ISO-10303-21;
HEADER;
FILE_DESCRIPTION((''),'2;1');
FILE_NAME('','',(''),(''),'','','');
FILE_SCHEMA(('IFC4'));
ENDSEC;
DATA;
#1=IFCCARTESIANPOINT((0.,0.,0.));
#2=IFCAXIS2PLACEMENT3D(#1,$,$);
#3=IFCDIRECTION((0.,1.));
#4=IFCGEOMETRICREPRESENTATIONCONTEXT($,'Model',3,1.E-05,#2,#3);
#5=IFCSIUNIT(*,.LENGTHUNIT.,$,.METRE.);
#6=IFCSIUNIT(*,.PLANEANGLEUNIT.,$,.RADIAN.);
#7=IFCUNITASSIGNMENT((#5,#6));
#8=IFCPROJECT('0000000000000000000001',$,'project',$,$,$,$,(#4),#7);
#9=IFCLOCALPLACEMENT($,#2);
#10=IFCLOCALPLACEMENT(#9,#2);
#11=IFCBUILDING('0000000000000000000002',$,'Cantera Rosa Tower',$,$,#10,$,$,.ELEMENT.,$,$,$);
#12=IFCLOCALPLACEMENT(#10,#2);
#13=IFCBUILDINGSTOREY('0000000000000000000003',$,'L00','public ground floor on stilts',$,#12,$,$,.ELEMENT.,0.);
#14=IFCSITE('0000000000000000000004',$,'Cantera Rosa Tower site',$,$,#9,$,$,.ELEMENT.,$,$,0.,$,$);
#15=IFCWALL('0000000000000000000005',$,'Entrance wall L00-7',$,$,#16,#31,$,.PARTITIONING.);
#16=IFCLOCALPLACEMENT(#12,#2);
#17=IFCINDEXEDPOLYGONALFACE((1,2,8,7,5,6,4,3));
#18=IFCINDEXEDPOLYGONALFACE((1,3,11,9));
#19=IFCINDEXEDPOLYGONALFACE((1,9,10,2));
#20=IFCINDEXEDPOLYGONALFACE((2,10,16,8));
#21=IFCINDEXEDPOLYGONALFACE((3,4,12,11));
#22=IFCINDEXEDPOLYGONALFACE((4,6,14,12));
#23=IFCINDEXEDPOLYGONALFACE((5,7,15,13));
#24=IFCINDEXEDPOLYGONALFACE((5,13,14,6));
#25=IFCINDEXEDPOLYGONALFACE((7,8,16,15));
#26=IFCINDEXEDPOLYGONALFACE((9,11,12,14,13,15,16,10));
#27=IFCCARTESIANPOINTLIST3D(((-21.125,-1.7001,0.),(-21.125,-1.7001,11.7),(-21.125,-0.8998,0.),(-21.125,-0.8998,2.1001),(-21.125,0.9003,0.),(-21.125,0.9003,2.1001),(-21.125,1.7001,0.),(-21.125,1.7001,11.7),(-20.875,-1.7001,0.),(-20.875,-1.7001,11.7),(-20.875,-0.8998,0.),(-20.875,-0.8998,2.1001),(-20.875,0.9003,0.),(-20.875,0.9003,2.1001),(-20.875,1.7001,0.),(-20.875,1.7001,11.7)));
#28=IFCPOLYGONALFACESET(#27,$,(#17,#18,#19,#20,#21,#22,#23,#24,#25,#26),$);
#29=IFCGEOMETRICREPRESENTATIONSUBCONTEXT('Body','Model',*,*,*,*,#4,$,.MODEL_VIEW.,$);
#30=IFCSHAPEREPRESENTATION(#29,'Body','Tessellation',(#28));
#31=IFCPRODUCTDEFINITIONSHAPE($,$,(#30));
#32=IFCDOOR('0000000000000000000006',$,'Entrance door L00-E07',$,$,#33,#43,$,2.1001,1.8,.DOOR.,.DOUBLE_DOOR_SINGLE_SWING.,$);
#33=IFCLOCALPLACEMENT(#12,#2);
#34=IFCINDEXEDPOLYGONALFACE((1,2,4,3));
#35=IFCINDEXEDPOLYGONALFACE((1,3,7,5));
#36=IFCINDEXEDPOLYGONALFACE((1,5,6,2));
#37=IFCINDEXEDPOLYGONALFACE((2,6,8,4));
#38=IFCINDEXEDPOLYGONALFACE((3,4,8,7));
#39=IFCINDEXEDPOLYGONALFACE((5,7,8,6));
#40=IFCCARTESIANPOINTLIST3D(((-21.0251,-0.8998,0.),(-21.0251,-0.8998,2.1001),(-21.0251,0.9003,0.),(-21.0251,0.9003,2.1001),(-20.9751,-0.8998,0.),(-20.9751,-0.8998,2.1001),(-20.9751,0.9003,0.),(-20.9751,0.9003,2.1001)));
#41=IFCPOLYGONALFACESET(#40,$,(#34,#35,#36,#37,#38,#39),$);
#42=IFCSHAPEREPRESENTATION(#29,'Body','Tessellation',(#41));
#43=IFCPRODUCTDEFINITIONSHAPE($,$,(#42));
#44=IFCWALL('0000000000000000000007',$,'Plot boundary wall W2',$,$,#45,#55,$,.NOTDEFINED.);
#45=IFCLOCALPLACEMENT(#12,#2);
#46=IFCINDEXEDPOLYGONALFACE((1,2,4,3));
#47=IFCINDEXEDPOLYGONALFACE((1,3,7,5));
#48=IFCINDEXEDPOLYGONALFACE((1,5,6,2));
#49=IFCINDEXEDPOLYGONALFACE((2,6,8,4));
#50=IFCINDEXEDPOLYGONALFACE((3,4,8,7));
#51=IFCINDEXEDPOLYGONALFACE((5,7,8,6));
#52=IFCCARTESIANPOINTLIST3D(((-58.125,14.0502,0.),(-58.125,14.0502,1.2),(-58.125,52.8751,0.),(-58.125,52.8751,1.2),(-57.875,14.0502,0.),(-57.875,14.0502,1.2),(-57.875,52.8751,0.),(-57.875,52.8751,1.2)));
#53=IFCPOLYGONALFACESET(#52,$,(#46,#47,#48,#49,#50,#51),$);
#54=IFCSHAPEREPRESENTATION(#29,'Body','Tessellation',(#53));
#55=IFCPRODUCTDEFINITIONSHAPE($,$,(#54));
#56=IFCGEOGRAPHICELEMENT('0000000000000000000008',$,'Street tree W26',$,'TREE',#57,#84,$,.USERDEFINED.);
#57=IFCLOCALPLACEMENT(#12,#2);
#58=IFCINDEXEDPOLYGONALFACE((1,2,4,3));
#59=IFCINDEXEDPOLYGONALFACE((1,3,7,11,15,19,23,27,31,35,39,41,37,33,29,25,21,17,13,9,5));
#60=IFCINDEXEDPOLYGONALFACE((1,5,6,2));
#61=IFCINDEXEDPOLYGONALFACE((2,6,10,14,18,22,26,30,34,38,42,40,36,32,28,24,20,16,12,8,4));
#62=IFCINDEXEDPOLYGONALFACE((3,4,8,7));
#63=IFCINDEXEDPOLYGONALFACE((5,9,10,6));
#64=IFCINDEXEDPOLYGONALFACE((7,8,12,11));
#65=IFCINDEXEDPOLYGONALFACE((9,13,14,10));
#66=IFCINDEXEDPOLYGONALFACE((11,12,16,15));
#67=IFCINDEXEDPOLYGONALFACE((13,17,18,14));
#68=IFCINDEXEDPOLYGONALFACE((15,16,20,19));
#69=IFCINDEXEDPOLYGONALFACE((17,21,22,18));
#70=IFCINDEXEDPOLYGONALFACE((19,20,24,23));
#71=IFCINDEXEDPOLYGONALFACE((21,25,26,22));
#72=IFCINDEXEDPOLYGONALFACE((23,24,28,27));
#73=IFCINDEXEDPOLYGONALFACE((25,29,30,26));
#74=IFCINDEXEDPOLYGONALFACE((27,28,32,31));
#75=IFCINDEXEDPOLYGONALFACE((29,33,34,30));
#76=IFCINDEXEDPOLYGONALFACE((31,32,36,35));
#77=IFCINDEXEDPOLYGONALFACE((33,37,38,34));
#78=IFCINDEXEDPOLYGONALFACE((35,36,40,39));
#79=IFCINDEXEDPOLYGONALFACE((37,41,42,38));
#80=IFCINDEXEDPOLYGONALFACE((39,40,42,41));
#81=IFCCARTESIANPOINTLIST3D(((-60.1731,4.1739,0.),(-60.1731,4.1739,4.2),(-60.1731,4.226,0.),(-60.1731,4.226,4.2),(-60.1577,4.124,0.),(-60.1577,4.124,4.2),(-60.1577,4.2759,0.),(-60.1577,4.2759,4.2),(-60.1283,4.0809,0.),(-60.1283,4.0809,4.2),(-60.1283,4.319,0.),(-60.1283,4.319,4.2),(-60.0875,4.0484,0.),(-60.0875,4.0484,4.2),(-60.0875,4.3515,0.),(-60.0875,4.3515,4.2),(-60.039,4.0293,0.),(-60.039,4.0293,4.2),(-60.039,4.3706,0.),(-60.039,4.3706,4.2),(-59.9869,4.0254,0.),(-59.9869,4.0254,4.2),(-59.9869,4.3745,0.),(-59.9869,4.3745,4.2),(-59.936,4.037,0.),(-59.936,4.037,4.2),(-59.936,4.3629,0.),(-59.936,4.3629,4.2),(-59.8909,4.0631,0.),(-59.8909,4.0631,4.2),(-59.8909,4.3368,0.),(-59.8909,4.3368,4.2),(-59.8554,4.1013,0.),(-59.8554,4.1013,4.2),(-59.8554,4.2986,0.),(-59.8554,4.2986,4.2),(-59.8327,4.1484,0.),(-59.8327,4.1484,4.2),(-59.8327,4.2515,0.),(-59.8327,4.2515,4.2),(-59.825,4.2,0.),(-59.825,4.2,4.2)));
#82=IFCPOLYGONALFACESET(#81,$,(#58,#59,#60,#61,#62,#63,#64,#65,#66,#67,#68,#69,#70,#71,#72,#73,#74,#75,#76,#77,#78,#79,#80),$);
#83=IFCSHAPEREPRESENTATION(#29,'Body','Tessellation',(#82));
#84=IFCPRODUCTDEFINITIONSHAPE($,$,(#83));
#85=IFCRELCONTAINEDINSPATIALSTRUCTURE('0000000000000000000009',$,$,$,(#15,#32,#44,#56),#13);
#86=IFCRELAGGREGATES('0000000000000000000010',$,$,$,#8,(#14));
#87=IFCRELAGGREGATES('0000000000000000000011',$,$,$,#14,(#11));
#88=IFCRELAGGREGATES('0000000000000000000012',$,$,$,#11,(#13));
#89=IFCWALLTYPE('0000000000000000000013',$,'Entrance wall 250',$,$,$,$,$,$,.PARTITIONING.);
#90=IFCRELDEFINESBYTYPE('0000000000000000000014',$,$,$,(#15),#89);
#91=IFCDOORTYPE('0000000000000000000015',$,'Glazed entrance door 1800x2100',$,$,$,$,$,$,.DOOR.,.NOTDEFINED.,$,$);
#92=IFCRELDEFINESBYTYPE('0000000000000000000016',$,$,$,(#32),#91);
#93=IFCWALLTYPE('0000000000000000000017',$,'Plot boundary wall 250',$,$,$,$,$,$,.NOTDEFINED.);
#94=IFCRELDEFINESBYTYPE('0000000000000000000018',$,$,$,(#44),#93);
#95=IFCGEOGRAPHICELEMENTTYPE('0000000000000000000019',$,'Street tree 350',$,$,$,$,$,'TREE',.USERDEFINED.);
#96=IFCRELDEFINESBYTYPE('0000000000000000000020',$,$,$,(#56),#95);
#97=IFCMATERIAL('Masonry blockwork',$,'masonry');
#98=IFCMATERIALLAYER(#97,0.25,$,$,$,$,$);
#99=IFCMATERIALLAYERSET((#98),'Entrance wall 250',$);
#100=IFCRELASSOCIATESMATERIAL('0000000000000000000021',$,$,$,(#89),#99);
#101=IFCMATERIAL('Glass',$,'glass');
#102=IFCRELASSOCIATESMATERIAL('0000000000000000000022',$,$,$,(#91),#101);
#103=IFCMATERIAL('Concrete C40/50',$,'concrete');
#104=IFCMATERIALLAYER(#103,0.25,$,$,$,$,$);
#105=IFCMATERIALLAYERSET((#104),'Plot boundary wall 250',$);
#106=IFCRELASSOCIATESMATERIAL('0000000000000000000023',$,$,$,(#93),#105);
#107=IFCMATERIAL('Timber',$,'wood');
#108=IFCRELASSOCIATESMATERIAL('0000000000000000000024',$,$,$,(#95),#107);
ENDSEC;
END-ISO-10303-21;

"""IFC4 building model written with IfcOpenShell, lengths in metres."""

from ifc_helpers import new_model, si_unit, direction, frame, frame_2d, origin, origin_2d, place, context, subcontext, project, spatial, rectangle, circle, extrude, material, layer, layer_set, material_profile, profile_set, type_object, element, fill, save


model = new_model("IFC4")

# Units and contexts
model_context = context("Model", 3, precision=1e-05, world=origin(), true_north=direction((0.0, 1.0)))
body_context = subcontext(model_context, "Body", "Model", "MODEL_VIEW")
ifc_project = project(units=[si_unit("LENGTHUNIT", "METRE"), si_unit("PLANEANGLEUNIT", "RADIAN")], contexts=[model_context])

# Site, building, storey
site_placement = place(None, origin())
site = spatial("IfcSite", under=ifc_project, at=site_placement, Name="Cantera Rosa Tower site", CompositionType="ELEMENT", RefElevation=0.0)
building_placement = place(site_placement, origin())
building = spatial("IfcBuilding", under=site, at=building_placement, Name="Cantera Rosa Tower", CompositionType="ELEMENT")
storey_placement = place(building_placement, origin())
storey = spatial("IfcBuildingStorey", under=building, at=storey_placement, Name="L00", Description="public ground floor on stilts", CompositionType="ELEMENT", Elevation=0.0)

# Wall, opening, door
ifc_material_1 = material(Name="Masonry blockwork", Category="masonry")
ifc_layer_1 = layer(ifc_material_1, 0.25)
ifc_layer_set_1 = layer_set([ifc_layer_1], Name="Entrance wall 250")
wall_type_1 = type_object("IfcWallType", Name="Entrance wall 250", PredefinedType="PARTITIONING", material=ifc_layer_set_1)
ifc_material_2 = material(Name="Glass", Category="glass")
door_type = type_object("IfcDoorType", Name="Glazed entrance door 1800x2100", OperationType="NOTDEFINED", PredefinedType="DOOR", material=ifc_material_2)
wall_1_placement = place(storey_placement, frame((-21.0, 1.7002, 0.0), z_axis=(0.0, 0.0, 1.0), x_axis=(0.0, -1.0, 0.0)))
wall_1 = element("IfcWall", 1, at=wall_1_placement, inside=storey, type_object=wall_type_1, Name="Entrance wall L00-7", PredefinedType="PARTITIONING", context=body_context, shape_type="SweptSolid", body=[
    extrude(rectangle(XDim=3.4001, YDim=0.25, at=frame_2d((1.7002, 0.0))), origin(), (0.0, 0.0, 1.0), 11.7),
])
opening_1_placement = place(wall_1_placement, frame((0.8, 0.0, 0.0)))
opening_1 = element("IfcOpeningElement", 2, at=opening_1_placement, cuts=wall_1, PredefinedType="OPENING", context=body_context, shape_type="SweptSolid", body=[
    extrude(rectangle(XDim=1.8, YDim=2.1001, at=frame_2d((0.8999, 1.05))), frame((0.0, 0.135, 0.0), z_axis=(0.0, -1.0, 0.0), x_axis=(1.0, 0.0, 0.0)), (0.0, 0.0, 1.0), 0.27),
])
door_1_placement = place(opening_1_placement, origin())
door_1 = element("IfcDoor", 3, at=door_1_placement, inside=storey, type_object=door_type, Name="Entrance door L00-E07", OperationType="DOUBLE_DOOR_SINGLE_SWING", OverallHeight=2.1001, OverallWidth=1.8, PredefinedType="DOOR", context=body_context, shape_type="SweptSolid", body=[
    extrude(rectangle(XDim=1.8, YDim=2.1001, at=frame_2d((0.8999, 1.05))), frame((0.0, 0.0249, 0.0), z_axis=(0.0, -1.0, 0.0), x_axis=(1.0, 0.0, 0.0)), (0.0, 0.0, 1.0), 0.05),
])
fill(opening_1, door_1)

# Wall
ifc_material_3 = material(Name="Concrete C40/50", Category="concrete")
ifc_layer_2 = layer(ifc_material_3, 0.25)
ifc_layer_set_2 = layer_set([ifc_layer_2], Name="Plot boundary wall 250")
wall_type_2 = type_object("IfcWallType", Name="Plot boundary wall 250", PredefinedType="NOTDEFINED", material=ifc_layer_set_2)
wall_2_placement = place(storey_placement, frame((-58.0, 14.05, 0.0), z_axis=(0.0, 0.0, 1.0), x_axis=(0.0, 1.0, 0.0)))
element("IfcWall", 4, at=wall_2_placement, inside=storey, type_object=wall_type_2, Name="Plot boundary wall W2", PredefinedType="NOTDEFINED", context=body_context, shape_type="SweptSolid", body=[
    extrude(rectangle(XDim=38.825, YDim=0.25, at=frame_2d((19.4126, 0.0))), origin(), (0.0, 0.0, 1.0), 1.2),
])

# Geographic element
ifc_material_4 = material(Name="Timber", Category="wood")
ifc_material_profile_1 = material_profile(ifc_material_4, circle(Radius=0.175, at=origin_2d()), Name="Street tree 350")
ifc_profile_set_1 = profile_set([ifc_material_profile_1], Name="Timber")
geographic_element_type = type_object("IfcGeographicElementType", Name="Street tree 350", ElementType="TREE", PredefinedType="USERDEFINED", material=ifc_profile_set_1)
geographic_element_placement = place(storey_placement, frame((-60.0, 4.2, 0.0), z_axis=(0.0, 0.0, 1.0), x_axis=(1.0, 0.0, 0.0)))
element("IfcGeographicElement", 5, at=geographic_element_placement, inside=storey, type_object=geographic_element_type, Name="Street tree W26", ObjectType="TREE", PredefinedType="USERDEFINED", context=body_context, shape_type="SweptSolid", body=[
    extrude(circle(Radius=0.175, at=origin_2d()), origin(), (0.0, 0.0, 1.0), 4.2),
])

save(model, "model.ifc")
